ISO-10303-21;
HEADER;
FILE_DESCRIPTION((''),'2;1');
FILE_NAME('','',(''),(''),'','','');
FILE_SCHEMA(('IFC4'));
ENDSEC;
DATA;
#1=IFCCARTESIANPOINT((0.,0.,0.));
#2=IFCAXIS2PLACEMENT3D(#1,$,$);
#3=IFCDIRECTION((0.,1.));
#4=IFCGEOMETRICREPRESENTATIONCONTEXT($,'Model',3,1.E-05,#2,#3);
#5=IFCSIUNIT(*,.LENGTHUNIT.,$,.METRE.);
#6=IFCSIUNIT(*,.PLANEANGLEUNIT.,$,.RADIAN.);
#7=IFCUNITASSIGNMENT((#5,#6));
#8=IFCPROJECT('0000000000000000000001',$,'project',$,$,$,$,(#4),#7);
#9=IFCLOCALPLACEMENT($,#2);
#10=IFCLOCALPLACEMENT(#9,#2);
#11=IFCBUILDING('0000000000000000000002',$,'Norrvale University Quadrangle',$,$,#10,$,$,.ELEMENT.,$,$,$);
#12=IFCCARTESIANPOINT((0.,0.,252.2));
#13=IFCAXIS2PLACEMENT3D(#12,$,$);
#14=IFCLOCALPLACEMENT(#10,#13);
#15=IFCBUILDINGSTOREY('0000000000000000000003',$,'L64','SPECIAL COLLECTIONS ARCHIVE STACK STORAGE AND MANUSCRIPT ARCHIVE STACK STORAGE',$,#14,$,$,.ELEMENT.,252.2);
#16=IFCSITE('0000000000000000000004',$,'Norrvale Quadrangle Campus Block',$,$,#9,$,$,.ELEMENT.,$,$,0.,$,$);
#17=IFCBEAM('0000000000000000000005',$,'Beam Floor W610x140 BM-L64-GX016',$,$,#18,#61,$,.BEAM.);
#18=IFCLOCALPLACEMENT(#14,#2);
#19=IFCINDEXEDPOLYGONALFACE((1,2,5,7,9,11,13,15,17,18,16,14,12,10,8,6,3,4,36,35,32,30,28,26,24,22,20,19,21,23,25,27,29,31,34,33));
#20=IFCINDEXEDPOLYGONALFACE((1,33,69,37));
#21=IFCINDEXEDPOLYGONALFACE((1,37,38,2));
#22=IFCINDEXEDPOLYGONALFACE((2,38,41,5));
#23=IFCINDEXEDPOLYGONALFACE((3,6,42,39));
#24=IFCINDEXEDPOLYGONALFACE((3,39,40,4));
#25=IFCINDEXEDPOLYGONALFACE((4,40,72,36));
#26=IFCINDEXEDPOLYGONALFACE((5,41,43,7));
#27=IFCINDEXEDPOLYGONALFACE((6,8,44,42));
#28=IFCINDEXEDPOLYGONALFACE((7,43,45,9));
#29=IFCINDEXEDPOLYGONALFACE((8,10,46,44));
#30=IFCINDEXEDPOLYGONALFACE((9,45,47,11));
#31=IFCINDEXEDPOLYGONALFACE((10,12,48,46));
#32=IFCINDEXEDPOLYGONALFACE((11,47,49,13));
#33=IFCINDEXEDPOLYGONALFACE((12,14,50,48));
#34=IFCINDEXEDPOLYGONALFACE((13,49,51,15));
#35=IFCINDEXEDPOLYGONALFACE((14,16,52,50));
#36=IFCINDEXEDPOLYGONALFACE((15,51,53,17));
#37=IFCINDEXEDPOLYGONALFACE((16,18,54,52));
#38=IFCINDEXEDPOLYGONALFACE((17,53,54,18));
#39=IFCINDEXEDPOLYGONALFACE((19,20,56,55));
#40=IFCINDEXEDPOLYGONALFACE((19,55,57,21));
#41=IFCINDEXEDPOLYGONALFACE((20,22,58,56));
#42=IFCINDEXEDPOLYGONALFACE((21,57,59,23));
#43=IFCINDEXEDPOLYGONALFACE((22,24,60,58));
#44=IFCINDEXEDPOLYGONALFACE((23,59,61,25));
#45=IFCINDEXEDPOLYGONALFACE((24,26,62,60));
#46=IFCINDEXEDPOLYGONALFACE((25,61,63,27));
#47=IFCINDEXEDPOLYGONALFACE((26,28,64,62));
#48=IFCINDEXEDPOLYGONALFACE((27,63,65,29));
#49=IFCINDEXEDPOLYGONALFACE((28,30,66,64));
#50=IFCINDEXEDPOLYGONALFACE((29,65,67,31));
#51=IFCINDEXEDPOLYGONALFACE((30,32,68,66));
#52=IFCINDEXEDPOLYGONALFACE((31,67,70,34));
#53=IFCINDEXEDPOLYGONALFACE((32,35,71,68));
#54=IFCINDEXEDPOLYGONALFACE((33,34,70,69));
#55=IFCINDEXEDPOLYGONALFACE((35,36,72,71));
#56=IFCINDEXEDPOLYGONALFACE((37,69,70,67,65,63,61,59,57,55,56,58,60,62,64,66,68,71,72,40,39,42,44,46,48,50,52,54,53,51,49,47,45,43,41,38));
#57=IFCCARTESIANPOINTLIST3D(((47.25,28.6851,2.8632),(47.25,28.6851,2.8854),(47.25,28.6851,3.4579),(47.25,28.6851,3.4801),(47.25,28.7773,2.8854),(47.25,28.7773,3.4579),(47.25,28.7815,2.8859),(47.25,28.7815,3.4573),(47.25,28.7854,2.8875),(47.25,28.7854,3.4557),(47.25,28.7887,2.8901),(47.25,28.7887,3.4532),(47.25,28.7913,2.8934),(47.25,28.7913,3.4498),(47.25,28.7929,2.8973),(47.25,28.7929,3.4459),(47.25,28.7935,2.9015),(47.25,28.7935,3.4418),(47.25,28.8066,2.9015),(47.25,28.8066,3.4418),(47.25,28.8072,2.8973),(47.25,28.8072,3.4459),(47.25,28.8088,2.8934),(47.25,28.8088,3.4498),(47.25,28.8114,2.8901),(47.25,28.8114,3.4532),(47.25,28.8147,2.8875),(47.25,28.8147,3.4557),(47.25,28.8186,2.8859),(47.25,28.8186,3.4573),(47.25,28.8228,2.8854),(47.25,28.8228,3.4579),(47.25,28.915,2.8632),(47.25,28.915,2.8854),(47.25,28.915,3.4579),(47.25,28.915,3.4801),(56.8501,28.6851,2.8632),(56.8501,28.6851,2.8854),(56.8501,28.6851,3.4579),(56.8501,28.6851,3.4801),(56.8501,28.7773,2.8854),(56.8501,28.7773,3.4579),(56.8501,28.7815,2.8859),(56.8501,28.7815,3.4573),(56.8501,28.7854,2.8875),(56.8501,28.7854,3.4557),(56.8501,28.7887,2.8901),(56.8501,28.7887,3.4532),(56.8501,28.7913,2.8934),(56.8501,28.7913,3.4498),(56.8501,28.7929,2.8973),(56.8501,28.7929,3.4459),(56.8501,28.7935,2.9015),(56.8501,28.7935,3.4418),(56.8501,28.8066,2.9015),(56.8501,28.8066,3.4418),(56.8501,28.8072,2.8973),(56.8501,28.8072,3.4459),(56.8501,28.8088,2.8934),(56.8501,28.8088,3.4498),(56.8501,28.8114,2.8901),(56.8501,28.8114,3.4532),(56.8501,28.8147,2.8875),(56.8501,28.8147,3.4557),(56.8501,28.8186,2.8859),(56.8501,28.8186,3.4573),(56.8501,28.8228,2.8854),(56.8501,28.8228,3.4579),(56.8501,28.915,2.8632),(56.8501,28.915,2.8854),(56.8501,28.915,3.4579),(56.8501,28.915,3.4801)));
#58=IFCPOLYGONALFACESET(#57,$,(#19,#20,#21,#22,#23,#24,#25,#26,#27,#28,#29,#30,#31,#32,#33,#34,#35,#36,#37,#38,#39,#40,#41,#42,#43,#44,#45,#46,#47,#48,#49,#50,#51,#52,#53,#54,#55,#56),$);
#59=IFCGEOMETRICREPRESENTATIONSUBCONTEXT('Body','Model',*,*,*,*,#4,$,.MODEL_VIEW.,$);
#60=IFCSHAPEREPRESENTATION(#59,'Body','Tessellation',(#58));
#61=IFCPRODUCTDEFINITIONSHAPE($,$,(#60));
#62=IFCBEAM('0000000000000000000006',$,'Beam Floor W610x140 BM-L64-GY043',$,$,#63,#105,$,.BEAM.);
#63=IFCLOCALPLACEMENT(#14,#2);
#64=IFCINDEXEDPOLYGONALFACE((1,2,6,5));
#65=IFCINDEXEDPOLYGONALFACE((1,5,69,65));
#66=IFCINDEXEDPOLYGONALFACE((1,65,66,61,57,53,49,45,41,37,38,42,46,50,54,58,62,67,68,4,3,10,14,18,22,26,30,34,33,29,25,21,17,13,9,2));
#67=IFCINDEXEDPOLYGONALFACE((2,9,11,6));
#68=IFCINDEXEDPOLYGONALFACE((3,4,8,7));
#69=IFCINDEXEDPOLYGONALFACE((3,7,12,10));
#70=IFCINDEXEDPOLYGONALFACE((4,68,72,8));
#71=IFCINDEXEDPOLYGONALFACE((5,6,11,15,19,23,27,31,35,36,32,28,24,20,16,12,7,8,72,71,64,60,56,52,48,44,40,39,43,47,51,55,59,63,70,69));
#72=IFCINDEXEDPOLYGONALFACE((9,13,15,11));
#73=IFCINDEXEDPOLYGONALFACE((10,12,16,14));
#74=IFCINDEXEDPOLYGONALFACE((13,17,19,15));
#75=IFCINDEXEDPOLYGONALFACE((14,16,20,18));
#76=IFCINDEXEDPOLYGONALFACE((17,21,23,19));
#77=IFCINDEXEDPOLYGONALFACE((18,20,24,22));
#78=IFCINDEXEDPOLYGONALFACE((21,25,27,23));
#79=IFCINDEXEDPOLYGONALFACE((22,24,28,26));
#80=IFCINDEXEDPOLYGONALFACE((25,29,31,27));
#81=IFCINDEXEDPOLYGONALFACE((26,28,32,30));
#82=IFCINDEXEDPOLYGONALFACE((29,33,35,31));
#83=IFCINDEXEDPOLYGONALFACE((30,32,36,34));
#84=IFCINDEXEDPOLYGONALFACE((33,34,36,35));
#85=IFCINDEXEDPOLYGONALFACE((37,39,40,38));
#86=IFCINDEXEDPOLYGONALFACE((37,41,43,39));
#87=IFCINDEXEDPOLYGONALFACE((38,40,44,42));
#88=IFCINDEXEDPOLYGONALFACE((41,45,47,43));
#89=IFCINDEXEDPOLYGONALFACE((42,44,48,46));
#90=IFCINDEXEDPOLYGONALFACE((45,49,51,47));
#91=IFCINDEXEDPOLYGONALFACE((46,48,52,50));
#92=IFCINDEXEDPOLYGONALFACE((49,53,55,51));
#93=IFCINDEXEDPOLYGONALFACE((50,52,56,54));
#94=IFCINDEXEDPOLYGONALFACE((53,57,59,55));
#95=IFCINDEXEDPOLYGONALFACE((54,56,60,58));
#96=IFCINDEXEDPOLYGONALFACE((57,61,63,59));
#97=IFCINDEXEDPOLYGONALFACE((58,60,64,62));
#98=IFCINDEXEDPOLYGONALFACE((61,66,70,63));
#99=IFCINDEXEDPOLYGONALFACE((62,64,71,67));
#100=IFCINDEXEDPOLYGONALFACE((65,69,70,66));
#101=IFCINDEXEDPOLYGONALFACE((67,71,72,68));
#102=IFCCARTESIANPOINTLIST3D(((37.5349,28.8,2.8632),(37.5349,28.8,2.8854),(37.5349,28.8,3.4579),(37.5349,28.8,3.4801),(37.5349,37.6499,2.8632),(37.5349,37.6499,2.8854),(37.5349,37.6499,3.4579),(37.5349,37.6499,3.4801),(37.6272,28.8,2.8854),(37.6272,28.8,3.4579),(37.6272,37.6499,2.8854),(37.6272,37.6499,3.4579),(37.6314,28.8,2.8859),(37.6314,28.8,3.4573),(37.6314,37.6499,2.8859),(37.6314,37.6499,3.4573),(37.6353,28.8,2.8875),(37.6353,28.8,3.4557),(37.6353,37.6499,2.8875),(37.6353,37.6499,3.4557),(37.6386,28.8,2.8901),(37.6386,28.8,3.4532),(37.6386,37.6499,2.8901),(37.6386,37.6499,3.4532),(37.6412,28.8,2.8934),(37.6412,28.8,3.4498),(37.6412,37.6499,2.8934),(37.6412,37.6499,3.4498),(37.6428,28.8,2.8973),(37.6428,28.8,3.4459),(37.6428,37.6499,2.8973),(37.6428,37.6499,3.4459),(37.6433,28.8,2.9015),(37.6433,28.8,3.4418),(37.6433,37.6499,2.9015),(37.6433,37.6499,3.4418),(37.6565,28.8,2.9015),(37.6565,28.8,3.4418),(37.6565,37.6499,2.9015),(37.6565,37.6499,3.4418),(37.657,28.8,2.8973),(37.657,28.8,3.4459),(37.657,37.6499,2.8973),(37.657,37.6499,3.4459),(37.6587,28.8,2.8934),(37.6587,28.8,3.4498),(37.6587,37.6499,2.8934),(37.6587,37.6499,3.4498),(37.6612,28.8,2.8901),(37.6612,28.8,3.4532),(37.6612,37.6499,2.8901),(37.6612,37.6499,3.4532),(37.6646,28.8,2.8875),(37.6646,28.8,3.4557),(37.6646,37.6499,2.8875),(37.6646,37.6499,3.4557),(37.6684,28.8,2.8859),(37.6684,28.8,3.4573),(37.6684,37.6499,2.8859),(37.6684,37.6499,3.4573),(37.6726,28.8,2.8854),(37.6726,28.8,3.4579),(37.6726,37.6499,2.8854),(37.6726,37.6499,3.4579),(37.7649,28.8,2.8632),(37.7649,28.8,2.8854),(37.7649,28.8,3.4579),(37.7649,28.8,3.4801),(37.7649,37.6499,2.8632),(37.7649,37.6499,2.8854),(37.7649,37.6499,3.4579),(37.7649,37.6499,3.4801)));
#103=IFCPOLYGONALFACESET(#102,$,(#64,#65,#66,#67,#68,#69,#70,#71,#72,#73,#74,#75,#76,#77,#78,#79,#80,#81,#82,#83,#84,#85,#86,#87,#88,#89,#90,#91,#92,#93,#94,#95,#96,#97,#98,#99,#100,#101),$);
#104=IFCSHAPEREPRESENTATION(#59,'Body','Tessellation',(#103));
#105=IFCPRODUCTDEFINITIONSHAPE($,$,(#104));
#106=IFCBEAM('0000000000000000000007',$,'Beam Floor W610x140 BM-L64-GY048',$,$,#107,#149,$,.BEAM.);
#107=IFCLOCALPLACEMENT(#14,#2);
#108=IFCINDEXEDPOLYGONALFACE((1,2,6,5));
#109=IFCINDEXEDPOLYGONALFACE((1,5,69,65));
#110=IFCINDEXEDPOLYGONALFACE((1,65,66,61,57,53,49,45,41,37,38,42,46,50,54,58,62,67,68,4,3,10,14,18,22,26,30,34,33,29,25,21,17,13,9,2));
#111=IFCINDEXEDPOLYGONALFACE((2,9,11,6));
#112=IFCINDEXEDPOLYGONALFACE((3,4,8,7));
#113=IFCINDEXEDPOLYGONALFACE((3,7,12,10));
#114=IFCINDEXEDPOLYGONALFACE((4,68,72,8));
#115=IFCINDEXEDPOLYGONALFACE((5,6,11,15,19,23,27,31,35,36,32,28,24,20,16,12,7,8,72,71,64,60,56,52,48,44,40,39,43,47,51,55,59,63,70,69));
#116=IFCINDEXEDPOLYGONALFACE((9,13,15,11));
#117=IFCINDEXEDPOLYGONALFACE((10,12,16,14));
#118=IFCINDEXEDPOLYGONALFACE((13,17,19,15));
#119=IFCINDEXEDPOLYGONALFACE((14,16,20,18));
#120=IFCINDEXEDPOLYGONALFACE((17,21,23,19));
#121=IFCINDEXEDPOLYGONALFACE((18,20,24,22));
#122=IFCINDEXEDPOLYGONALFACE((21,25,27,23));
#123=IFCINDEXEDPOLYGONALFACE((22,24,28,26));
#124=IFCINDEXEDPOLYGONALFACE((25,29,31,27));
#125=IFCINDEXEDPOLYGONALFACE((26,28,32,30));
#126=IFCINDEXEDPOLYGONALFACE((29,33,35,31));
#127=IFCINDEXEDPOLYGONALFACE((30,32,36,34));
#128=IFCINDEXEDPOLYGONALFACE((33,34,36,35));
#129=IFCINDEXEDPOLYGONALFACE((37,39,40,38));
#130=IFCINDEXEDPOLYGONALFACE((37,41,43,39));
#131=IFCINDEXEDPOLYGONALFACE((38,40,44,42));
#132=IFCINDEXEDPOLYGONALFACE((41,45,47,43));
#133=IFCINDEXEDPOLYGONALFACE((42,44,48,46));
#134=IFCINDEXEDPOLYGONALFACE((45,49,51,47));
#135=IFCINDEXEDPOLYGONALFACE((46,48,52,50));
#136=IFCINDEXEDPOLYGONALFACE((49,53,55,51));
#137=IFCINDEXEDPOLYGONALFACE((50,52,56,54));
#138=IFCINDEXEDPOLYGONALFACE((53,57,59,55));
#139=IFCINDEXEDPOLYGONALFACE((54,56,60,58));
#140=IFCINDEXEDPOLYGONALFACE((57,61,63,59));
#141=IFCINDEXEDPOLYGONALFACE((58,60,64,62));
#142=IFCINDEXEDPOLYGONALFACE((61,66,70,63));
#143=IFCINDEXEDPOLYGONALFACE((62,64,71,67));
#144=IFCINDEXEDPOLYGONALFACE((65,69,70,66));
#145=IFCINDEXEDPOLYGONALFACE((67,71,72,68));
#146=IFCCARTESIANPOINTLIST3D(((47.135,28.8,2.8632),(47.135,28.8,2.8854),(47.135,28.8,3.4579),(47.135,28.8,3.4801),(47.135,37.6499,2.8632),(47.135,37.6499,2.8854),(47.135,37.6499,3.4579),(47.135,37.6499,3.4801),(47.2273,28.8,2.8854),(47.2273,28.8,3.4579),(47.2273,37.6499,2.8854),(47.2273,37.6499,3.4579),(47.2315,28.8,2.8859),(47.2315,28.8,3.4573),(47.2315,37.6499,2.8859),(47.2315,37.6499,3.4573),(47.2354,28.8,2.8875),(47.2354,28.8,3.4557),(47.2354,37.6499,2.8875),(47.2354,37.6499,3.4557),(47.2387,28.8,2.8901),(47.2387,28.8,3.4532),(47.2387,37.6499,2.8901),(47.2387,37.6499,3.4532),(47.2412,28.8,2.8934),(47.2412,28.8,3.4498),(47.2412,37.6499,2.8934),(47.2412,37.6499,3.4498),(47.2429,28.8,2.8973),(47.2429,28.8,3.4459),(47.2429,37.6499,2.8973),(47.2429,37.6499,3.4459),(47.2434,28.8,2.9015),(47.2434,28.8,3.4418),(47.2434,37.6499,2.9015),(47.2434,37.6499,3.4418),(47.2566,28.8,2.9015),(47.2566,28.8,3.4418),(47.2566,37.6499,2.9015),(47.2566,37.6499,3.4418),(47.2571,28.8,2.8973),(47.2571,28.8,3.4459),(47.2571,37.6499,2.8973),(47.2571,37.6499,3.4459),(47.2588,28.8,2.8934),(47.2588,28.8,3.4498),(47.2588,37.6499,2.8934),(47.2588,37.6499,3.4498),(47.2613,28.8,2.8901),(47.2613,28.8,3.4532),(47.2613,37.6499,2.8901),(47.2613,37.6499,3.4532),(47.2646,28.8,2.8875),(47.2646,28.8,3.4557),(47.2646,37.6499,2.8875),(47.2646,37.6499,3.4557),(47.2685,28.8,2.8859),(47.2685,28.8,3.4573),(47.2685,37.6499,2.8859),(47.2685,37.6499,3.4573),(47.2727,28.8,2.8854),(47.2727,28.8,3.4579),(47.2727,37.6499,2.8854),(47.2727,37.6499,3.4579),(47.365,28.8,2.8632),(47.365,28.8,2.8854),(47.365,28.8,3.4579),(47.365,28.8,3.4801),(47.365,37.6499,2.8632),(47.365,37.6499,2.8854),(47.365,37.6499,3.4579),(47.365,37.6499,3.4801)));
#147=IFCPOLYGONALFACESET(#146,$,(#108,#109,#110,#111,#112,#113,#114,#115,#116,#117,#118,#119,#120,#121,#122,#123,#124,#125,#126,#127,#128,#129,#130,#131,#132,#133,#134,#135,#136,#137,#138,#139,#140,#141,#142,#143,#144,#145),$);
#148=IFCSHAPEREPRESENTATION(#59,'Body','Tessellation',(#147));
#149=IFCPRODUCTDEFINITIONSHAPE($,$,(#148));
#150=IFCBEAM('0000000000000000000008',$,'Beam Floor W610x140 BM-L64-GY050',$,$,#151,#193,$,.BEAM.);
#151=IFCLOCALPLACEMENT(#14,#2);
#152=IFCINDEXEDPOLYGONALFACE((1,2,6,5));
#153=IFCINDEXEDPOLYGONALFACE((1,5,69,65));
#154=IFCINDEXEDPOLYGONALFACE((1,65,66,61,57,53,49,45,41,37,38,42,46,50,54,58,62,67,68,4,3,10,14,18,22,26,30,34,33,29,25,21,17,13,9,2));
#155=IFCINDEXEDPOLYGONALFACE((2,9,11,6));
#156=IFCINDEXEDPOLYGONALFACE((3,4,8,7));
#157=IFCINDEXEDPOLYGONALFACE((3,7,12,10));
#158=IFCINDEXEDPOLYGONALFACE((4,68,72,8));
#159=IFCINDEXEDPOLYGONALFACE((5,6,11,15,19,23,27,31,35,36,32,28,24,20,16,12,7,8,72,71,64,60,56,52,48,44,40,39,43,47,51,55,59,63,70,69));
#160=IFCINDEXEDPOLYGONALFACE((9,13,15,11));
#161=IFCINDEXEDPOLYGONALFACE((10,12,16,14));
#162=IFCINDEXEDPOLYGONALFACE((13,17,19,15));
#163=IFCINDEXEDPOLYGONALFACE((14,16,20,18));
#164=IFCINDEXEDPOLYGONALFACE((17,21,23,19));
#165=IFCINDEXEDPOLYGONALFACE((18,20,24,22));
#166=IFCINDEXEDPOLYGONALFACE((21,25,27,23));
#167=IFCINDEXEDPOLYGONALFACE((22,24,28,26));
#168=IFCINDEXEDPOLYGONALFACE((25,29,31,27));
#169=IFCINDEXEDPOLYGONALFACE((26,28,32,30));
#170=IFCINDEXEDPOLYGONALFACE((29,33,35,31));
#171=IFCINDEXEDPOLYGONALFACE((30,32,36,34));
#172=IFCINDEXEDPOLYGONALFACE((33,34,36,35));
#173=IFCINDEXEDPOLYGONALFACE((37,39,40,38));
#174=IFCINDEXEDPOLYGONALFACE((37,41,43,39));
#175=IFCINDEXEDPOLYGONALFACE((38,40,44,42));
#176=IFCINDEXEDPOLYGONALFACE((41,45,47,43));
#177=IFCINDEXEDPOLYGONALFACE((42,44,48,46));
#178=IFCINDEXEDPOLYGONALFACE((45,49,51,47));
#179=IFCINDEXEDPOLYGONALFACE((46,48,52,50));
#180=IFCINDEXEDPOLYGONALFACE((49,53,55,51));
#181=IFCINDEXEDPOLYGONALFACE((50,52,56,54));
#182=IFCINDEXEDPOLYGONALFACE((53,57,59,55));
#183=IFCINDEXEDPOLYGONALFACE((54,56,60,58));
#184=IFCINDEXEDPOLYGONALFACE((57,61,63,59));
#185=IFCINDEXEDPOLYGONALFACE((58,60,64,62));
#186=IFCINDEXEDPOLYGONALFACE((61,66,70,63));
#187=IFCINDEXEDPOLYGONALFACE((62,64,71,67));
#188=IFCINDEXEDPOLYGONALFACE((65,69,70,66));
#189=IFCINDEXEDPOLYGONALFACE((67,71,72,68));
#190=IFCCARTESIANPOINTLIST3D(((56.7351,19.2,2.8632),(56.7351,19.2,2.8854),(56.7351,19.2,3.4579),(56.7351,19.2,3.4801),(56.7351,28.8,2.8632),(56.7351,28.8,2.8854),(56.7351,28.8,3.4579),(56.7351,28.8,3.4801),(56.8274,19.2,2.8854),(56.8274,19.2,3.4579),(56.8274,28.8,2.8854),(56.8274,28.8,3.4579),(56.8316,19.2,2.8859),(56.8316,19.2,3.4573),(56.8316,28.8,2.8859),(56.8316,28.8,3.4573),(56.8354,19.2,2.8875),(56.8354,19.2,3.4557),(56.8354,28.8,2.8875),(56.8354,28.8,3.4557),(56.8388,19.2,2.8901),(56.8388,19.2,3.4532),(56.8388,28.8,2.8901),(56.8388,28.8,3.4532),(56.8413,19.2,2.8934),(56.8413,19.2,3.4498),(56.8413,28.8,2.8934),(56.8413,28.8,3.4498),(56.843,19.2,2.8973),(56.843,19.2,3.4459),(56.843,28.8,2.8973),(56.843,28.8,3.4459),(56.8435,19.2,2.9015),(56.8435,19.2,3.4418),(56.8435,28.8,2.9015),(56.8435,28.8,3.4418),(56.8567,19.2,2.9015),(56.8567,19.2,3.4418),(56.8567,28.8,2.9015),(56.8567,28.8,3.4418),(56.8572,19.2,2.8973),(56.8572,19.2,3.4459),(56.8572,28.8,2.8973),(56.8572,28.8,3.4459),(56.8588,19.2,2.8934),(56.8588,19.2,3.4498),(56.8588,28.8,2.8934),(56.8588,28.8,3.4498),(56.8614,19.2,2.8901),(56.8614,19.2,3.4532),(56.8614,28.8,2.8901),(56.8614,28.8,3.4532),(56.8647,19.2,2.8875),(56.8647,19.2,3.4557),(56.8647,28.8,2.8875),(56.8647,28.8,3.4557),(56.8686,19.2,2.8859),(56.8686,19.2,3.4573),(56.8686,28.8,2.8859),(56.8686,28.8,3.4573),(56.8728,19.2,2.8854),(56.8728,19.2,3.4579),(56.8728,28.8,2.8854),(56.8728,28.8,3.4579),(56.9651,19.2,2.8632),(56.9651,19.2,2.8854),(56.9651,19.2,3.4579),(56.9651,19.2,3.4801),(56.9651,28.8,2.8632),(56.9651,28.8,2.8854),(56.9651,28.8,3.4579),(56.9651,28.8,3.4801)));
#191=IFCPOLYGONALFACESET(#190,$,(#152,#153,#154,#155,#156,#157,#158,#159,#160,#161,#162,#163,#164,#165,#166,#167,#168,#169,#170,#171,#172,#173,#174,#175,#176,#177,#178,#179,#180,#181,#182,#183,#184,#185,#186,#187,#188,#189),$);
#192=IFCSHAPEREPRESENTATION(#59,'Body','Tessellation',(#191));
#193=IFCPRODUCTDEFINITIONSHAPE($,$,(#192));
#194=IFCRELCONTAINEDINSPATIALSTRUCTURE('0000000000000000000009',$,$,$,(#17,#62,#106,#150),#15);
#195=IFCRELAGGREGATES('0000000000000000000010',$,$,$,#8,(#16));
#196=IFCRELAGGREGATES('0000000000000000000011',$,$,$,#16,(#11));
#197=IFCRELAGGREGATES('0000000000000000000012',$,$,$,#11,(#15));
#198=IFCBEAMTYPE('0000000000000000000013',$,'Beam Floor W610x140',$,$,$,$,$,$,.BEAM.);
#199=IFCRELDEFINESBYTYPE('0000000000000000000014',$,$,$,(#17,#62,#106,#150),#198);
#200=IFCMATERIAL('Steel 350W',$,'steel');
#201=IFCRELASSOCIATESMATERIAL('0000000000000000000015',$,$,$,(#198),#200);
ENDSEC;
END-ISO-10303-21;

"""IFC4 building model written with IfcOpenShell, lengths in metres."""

from ifc_helpers import new_model, si_unit, direction, frame, origin, origin_2d, place, context, subcontext, project, spatial, i_section, extrude, material, material_profile, profile_set, type_object, element, save


model = new_model("IFC4")

# Units and contexts
model_context = context("Model", 3, precision=1e-05, world=origin(), true_north=direction((0.0, 1.0)))
body_context = subcontext(model_context, "Body", "Model", "MODEL_VIEW")
ifc_project = project(units=[si_unit("LENGTHUNIT", "METRE"), si_unit("PLANEANGLEUNIT", "RADIAN")], contexts=[model_context])

# Site, building, storey
site_placement = place(None, origin())
site = spatial("IfcSite", under=ifc_project, at=site_placement, Name="Norrvale Quadrangle Campus Block", CompositionType="ELEMENT", RefElevation=0.0)
building_placement = place(site_placement, origin())
building = spatial("IfcBuilding", under=site, at=building_placement, Name="Norrvale University Quadrangle", CompositionType="ELEMENT")
storey_placement = place(building_placement, frame((0.0, 0.0, 252.2)))
storey = spatial("IfcBuildingStorey", under=building, at=storey_placement, Name="L64", Description="SPECIAL COLLECTIONS ARCHIVE STACK STORAGE AND MANUSCRIPT ARCHIVE STACK STORAGE", CompositionType="ELEMENT", Elevation=252.2)

# Beams
ifc_material_1 = material(Name="Steel 350W", Category="steel")
ifc_material_profile_1 = material_profile(ifc_material_1, i_section(OverallWidth=0.23, OverallDepth=0.6169, WebThickness=0.0132, FlangeThickness=0.0222, FilletRadius=0.0161, at=origin_2d()), Name="Steel 350W")
ifc_profile_set_1 = profile_set([ifc_material_profile_1], Name="Steel 350W")
beam_type_1 = type_object("IfcBeamType", Name="Beam Floor W610x140", PredefinedType="BEAM", material=ifc_profile_set_1)
for number, where, z_axis, x_axis, name in (
    (1, (47.25, 28.8, 3.1716), (1.0, 0.0, 0.0), (0.0, 1.0, 0.0), "Beam Floor W610x140 BM-L64-GX016"),
):
    element("IfcBeam", number, at=place(storey_placement, frame(where, z_axis=z_axis, x_axis=x_axis)), inside=storey, type_object=beam_type_1, Name=name, PredefinedType="BEAM", context=body_context, shape_type="SweptSolid", body=[
        extrude(i_section(OverallWidth=0.23, OverallDepth=0.6169, WebThickness=0.0132, FlangeThickness=0.0222, FilletRadius=0.0161, at=origin_2d()), origin(), (0.0, 0.0, 1.0), 9.6001),
    ])
for number, where, z_axis, x_axis, name in (
    (2, (37.6499, 28.8, 3.1716), (0.0, 1.0, 0.0), (-1.0, 0.0, 0.0), "Beam Floor W610x140 BM-L64-GY043"),
    (3, (47.25, 28.8, 3.1716), (0.0, 1.0, 0.0), (-1.0, 0.0, 0.0), "Beam Floor W610x140 BM-L64-GY048"),
):
    element("IfcBeam", number, at=place(storey_placement, frame(where, z_axis=z_axis, x_axis=x_axis)), inside=storey, type_object=beam_type_1, Name=name, PredefinedType="BEAM", context=body_context, shape_type="SweptSolid", body=[
        extrude(i_section(OverallWidth=0.23, OverallDepth=0.6169, WebThickness=0.0132, FlangeThickness=0.0222, FilletRadius=0.0161, at=origin_2d()), origin(), (0.0, 0.0, 1.0), 8.8499),
    ])
beam_placement = place(storey_placement, frame((56.8501, 19.2, 3.1716), z_axis=(0.0, 1.0, 0.0), x_axis=(-1.0, 0.0, 0.0)))
element("IfcBeam", 4, at=beam_placement, inside=storey, type_object=beam_type_1, Name="Beam Floor W610x140 BM-L64-GY050", PredefinedType="BEAM", context=body_context, shape_type="SweptSolid", body=[
    extrude(i_section(OverallWidth=0.23, OverallDepth=0.6169, WebThickness=0.0132, FlangeThickness=0.0222, FilletRadius=0.0161, at=origin_2d()), origin(), (0.0, 0.0, 1.0), 9.6001),
])

save(model, "model.ifc")
